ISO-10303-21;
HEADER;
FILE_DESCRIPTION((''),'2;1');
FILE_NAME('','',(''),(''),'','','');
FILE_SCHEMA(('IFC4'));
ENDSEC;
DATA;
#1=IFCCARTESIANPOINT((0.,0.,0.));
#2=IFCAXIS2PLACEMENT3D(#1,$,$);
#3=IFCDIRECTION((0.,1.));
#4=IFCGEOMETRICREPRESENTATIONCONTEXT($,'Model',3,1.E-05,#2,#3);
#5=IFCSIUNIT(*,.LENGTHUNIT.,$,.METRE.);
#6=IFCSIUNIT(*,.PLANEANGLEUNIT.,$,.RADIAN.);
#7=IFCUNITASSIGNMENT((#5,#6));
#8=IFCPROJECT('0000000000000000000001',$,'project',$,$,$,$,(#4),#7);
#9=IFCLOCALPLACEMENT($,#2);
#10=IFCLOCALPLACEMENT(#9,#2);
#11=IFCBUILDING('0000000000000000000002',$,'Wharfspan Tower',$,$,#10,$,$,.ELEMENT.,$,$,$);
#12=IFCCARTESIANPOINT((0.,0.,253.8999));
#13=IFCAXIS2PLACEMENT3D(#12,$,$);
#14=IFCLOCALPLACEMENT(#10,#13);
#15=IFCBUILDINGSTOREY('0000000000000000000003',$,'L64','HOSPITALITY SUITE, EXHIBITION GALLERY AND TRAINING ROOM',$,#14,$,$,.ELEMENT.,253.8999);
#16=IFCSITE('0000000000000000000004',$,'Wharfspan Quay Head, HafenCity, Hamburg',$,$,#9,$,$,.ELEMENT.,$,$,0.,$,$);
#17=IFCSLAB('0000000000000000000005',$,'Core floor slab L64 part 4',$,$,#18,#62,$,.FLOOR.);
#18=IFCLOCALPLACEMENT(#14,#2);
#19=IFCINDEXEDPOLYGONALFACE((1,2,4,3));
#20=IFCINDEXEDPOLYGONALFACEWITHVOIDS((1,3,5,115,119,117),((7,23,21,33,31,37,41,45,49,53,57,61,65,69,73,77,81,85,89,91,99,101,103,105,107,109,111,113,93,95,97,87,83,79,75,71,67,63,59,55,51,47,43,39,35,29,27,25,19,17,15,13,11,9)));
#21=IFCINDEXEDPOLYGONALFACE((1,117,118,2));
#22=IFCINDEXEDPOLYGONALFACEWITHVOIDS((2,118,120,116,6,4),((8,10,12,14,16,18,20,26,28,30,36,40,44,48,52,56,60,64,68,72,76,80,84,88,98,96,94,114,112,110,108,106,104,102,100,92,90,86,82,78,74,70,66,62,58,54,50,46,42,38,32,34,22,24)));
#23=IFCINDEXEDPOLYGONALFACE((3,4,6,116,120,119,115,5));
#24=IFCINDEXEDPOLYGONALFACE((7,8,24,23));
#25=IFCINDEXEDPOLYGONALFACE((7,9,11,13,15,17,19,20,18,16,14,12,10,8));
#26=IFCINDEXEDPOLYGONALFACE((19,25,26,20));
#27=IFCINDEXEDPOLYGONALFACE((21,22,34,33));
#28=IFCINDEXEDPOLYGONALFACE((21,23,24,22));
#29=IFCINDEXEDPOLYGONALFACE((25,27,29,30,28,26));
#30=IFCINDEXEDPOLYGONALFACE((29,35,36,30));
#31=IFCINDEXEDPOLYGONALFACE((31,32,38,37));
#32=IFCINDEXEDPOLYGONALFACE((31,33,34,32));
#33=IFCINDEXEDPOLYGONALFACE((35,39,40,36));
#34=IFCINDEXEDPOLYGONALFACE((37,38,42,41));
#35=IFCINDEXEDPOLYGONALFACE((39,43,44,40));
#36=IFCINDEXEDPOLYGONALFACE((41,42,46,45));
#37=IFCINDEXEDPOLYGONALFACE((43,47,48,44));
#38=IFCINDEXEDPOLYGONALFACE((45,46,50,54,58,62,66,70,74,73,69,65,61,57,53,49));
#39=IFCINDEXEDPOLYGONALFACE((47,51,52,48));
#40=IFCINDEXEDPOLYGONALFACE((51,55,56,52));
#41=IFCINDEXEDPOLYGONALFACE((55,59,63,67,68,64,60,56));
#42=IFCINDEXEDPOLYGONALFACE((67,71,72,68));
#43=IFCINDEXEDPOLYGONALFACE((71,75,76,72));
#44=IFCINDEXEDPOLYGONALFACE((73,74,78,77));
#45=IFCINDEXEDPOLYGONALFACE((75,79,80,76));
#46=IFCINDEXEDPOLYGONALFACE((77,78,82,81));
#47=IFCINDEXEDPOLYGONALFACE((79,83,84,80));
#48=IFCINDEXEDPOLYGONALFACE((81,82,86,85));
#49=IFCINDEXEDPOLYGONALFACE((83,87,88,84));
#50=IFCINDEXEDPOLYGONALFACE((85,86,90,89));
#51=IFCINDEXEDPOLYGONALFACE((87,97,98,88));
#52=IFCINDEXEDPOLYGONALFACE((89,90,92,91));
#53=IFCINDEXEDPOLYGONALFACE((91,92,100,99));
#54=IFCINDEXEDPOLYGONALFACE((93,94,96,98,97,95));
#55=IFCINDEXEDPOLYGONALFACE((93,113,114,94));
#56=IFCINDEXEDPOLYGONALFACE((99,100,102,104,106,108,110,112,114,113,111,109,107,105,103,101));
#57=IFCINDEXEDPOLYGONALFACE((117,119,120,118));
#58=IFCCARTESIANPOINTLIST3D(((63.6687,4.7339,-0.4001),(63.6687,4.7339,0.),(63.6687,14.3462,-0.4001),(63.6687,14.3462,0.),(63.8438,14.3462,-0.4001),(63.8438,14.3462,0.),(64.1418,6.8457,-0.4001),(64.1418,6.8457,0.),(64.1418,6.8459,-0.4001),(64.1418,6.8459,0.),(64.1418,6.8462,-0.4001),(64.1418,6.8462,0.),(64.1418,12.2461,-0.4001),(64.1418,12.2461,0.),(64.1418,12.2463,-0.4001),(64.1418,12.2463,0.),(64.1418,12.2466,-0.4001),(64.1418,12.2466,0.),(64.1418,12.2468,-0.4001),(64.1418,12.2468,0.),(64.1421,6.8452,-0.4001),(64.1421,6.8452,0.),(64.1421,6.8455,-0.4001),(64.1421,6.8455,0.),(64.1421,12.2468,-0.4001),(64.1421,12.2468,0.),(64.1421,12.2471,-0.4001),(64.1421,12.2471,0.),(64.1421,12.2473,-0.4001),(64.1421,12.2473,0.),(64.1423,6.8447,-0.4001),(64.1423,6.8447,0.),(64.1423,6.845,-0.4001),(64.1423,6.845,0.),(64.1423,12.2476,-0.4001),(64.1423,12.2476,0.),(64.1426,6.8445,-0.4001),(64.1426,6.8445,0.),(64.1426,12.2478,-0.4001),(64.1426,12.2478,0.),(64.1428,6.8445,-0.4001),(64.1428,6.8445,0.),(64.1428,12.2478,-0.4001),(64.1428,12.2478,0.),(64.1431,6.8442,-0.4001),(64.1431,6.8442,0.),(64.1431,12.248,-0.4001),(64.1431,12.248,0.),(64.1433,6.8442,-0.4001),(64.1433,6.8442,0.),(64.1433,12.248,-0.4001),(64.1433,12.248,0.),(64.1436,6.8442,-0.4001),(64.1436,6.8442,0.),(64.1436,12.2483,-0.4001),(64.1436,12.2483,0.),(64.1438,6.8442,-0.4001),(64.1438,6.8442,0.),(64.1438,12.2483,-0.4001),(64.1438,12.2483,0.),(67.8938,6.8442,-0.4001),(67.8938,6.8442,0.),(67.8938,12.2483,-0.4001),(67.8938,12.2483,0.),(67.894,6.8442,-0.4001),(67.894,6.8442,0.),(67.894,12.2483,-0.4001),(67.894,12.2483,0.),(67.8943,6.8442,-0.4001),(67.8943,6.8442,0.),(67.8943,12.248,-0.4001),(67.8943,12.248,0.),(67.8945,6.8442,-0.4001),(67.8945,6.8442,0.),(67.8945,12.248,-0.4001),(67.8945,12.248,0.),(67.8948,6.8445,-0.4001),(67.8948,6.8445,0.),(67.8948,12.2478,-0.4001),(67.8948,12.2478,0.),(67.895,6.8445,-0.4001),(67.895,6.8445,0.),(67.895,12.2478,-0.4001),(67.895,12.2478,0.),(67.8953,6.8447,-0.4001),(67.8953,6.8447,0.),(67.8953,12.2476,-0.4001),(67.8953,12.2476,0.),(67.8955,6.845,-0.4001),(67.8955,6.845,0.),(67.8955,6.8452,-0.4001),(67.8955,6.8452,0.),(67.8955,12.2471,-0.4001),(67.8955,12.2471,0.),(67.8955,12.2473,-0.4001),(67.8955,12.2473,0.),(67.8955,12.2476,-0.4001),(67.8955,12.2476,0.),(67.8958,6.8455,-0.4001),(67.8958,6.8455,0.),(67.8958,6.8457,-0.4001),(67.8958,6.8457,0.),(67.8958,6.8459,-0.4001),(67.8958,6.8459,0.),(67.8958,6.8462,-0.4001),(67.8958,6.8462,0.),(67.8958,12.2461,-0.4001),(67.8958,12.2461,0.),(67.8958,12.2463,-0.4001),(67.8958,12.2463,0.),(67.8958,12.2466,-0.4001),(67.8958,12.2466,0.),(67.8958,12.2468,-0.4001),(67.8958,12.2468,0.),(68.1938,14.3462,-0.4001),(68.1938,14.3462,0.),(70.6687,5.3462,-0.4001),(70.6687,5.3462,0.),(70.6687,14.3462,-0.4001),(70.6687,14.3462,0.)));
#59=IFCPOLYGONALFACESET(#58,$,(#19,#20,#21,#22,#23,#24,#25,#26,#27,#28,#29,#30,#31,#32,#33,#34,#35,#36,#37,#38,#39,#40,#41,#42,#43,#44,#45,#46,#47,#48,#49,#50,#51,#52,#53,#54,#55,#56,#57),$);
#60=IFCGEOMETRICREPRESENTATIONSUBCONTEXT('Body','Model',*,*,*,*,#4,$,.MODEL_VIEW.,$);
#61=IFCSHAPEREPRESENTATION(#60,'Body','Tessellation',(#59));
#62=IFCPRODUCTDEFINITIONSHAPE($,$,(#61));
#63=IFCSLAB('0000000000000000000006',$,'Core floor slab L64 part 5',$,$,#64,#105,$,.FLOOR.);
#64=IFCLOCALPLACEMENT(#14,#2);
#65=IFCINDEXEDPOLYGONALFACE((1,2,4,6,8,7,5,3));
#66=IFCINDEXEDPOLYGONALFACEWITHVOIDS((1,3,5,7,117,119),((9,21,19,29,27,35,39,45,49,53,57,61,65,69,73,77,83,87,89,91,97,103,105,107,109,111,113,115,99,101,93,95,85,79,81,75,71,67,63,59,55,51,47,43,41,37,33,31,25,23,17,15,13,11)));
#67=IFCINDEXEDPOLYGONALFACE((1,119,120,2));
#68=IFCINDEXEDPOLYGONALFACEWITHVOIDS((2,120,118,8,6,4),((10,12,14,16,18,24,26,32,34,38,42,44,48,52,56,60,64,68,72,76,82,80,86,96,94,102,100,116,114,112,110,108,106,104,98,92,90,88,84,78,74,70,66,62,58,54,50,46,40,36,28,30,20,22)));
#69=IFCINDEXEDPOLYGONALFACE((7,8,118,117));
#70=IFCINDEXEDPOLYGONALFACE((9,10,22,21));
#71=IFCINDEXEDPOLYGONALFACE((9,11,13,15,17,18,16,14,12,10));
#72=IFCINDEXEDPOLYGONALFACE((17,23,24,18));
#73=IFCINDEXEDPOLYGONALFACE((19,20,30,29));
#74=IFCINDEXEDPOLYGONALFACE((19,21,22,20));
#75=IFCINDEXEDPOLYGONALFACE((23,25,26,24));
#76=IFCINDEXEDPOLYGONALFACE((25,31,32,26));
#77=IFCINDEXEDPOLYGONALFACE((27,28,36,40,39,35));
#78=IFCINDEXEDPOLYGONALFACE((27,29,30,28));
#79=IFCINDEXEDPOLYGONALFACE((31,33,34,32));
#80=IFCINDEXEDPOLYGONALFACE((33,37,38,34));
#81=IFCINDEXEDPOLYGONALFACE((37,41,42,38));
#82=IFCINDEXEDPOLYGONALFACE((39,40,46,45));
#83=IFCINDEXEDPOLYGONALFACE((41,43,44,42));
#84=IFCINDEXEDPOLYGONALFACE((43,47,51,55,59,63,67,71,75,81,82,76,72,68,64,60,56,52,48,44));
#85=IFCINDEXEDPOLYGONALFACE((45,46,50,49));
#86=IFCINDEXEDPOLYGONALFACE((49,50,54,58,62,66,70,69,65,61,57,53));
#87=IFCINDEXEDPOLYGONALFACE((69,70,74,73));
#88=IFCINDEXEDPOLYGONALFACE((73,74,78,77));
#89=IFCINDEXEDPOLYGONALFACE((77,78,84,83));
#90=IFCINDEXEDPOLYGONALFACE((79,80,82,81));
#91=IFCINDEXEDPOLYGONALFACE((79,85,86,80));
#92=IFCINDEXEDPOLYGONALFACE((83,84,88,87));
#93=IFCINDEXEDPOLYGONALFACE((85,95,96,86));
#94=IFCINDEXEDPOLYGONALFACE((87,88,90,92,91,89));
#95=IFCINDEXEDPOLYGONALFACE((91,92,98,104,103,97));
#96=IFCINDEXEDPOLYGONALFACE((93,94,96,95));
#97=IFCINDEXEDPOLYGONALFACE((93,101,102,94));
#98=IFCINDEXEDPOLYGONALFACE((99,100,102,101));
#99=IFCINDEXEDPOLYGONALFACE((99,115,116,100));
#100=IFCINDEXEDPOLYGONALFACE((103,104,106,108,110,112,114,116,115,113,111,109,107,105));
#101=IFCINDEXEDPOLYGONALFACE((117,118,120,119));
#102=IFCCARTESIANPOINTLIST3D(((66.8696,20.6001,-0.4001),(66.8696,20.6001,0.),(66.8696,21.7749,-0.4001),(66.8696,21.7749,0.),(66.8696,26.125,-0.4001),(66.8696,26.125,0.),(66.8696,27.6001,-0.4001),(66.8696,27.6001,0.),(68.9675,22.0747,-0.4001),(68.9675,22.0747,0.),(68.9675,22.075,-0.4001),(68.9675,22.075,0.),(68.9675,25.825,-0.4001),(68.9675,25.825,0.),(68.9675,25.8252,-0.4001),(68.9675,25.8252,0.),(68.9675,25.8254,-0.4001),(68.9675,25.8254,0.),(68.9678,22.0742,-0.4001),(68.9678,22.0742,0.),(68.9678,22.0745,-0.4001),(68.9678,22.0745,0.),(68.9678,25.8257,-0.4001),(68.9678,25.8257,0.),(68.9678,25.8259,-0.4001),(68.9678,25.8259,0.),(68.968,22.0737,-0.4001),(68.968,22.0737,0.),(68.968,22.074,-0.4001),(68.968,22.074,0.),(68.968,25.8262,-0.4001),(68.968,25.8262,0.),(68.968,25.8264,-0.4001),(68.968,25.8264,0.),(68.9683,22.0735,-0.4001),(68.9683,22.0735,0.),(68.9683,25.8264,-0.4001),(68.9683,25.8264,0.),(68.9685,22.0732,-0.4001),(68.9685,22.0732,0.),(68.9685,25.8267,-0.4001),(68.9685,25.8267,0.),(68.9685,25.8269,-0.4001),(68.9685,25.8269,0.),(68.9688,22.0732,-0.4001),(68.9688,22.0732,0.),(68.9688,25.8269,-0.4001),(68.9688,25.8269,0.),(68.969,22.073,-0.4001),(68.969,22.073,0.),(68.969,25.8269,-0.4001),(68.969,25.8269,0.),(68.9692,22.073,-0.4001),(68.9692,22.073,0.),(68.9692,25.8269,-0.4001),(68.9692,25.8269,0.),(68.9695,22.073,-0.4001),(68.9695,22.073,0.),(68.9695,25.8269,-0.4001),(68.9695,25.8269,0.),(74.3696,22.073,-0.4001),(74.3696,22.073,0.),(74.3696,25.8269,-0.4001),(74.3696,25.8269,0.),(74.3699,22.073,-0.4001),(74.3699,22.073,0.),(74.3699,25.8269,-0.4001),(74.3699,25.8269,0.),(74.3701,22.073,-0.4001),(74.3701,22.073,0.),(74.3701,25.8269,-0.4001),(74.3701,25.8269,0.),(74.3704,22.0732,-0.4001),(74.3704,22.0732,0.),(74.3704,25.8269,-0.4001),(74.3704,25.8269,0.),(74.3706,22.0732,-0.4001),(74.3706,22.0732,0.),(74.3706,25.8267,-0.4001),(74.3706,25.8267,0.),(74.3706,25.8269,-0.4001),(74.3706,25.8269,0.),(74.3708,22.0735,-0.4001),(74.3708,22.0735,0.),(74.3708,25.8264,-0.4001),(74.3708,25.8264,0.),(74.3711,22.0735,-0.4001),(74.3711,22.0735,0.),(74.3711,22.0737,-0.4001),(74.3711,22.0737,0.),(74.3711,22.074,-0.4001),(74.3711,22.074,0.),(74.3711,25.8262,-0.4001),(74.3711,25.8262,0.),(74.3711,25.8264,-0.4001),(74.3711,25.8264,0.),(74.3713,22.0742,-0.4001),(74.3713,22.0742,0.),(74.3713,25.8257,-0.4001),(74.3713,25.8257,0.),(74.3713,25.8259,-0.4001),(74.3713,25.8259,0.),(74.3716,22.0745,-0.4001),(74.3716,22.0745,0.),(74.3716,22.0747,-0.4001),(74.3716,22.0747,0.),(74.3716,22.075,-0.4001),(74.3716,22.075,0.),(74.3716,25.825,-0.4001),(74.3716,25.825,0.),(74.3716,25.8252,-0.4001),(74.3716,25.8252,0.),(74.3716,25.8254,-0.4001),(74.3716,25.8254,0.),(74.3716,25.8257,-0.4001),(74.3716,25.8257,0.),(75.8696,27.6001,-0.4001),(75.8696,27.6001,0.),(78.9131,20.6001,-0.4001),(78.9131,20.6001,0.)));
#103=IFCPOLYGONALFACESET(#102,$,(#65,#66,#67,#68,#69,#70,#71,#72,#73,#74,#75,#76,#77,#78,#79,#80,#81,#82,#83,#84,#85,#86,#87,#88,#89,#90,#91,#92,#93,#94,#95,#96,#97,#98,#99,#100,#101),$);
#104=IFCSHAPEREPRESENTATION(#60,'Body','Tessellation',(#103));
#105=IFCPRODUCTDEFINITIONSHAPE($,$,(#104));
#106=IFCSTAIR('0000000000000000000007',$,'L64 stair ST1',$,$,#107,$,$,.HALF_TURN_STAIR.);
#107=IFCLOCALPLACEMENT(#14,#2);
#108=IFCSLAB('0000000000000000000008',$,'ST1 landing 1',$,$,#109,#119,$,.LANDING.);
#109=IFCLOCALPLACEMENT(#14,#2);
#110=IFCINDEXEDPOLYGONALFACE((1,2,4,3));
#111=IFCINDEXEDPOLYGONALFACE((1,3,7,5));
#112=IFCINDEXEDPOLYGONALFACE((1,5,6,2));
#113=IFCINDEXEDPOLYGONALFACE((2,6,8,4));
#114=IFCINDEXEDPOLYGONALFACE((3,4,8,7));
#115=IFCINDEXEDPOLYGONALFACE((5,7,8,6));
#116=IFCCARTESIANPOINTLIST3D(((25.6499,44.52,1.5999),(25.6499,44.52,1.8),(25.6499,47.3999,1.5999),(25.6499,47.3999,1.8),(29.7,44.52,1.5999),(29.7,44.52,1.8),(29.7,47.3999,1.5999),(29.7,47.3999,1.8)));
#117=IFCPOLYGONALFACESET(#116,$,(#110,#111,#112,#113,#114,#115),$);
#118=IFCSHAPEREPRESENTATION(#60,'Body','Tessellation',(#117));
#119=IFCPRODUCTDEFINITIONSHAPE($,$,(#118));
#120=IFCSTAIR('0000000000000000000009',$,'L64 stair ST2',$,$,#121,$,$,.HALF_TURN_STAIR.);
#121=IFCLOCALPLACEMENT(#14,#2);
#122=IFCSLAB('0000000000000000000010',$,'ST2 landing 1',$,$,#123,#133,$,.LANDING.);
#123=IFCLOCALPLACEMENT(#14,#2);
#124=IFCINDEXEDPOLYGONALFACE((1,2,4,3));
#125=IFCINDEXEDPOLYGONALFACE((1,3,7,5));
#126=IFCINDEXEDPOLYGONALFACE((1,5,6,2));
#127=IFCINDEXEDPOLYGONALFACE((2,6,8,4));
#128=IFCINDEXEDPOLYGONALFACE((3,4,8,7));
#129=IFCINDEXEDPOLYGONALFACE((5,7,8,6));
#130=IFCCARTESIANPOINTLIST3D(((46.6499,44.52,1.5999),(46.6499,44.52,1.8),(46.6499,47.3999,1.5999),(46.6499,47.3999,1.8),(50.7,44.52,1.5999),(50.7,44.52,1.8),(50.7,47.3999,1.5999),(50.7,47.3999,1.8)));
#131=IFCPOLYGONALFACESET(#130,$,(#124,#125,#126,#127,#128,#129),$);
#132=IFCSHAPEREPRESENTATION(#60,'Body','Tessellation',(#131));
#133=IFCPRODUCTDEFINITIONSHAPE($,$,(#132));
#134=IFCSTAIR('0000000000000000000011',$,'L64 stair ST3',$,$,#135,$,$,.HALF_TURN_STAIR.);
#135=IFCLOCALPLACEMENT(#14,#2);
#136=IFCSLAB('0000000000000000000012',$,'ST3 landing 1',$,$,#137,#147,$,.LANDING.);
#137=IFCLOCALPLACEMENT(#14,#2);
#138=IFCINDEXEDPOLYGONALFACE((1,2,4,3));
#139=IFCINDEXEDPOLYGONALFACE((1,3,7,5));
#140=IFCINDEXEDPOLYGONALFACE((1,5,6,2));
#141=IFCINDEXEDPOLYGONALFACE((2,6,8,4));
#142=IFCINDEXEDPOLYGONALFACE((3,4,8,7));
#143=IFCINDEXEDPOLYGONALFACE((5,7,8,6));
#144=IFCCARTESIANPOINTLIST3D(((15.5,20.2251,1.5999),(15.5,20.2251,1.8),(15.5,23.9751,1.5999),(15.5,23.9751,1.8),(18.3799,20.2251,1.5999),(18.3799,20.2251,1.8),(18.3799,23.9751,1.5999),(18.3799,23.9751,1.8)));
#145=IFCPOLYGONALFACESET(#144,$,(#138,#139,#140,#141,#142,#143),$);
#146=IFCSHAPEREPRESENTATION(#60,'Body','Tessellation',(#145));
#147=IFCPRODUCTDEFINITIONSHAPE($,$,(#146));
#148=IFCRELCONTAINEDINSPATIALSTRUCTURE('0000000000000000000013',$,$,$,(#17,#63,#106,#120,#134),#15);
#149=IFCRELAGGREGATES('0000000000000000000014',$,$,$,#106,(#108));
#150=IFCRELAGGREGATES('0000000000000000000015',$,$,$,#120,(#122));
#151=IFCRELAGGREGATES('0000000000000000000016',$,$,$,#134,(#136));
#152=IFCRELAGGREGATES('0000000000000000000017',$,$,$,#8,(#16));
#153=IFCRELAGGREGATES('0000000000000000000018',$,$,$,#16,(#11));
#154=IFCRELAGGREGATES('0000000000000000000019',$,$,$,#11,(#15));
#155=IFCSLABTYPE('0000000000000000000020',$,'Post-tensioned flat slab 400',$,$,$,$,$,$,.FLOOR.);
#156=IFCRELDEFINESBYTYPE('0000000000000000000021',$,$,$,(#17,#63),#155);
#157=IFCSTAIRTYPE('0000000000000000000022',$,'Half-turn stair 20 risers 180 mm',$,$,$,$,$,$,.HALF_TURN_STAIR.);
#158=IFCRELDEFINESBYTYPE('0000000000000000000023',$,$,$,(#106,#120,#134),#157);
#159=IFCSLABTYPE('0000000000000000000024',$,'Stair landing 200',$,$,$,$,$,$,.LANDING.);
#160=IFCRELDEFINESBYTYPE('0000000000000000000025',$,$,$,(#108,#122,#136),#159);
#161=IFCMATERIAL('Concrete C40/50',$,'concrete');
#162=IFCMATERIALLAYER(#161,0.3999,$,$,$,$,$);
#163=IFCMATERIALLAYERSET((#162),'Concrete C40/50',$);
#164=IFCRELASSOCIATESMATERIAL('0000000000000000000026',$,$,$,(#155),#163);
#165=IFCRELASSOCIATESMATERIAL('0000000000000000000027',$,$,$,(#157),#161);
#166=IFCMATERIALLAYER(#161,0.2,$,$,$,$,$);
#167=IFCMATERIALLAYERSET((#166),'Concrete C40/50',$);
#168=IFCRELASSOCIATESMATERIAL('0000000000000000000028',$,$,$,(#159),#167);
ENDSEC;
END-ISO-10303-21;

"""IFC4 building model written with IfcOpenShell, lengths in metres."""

from ifc_helpers import new_model, si_unit, direction, frame, origin, place, context, subcontext, project, spatial, polyline, outline, extrude, material, layer, layer_set, type_object, element, aggregate, save


model = new_model("IFC4")

# Units and contexts
model_context = context("Model", 3, precision=1e-05, world=origin(), true_north=direction((0.0, 1.0)))
body_context = subcontext(model_context, "Body", "Model", "MODEL_VIEW")
ifc_project = project(units=[si_unit("LENGTHUNIT", "METRE"), si_unit("PLANEANGLEUNIT", "RADIAN")], contexts=[model_context])

# Site, building, storey
site_placement = place(None, origin())
site = spatial("IfcSite", under=ifc_project, at=site_placement, Name="Wharfspan Quay Head, HafenCity, Hamburg", CompositionType="ELEMENT", RefElevation=0.0)
building_placement = place(site_placement, origin())
building = spatial("IfcBuilding", under=site, at=building_placement, Name="Wharfspan Tower", CompositionType="ELEMENT")
storey_placement = place(building_placement, frame((0.0, 0.0, 253.8999)))
storey = spatial("IfcBuildingStorey", under=building, at=storey_placement, Name="L64", Description="HOSPITALITY SUITE, EXHIBITION GALLERY AND TRAINING ROOM", CompositionType="ELEMENT", Elevation=253.8999)

# Slabs
ifc_material_1 = material(Name="Concrete C40/50", Category="concrete")
ifc_layer_1 = layer(ifc_material_1, 0.3999)
ifc_layer_set_1 = layer_set([ifc_layer_1], Name="Concrete C40/50")
slab_type_1 = type_object("IfcSlabType", Name="Post-tensioned flat slab 400", PredefinedType="FLOOR", material=ifc_layer_set_1)
slab_1_placement = place(storey_placement, frame((0.0, 0.0, -0.4001)))
element("IfcSlab", 1, at=slab_1_placement, inside=storey, type_object=slab_type_1, Name="Core floor slab L64 part 4", PredefinedType="FLOOR", context=body_context, shape_type="SweptSolid", body=[
    extrude(outline(polyline([(70.6687, 14.3462), (68.1938, 14.3462), (63.8438, 14.3462), (63.6687, 14.3462), (63.6687, 4.7339), (70.6687, 5.3462), (70.6687, 14.3462)]), holes=[polyline([(64.1418, 12.2461), (64.1418, 12.2463), (64.1418, 12.2466), (64.1418, 12.2468), (64.1421, 12.2468), (64.1421, 12.2471), (64.1421, 12.2473), (64.1423, 12.2476), (64.1423, 12.2476), (64.1426, 12.2478), (64.1426, 12.2478), (64.1428, 12.2478), (64.1431, 12.248), (64.1433, 12.248), (64.1433, 12.248), (64.1436, 12.2483), (64.1438, 12.2483), (67.8938, 12.2483), (67.894, 12.2483), (67.8943, 12.248), (67.8943, 12.248), (67.8945, 12.248), (67.8948, 12.2478), (67.895, 12.2478), (67.895, 12.2478), (67.8953, 12.2476), (67.8955, 12.2476), (67.8955, 12.2473), (67.8955, 12.2471), (67.8958, 12.2468), (67.8958, 12.2468), (67.8958, 12.2466), (67.8958, 12.2463), (67.8958, 12.2461), (67.8958, 6.8462), (67.8958, 6.8459), (67.8958, 6.8457), (67.8958, 6.8457), (67.8958, 6.8455), (67.8955, 6.8452), (67.8955, 6.8452), (67.8955, 6.845), (67.8953, 6.8447), (67.895, 6.8445), (67.895, 6.8445), (67.8948, 6.8445), (67.8945, 6.8442), (67.8943, 6.8442), (67.8943, 6.8442), (67.894, 6.8442), (67.8938, 6.8442), (64.1438, 6.8442), (64.1436, 6.8442), (64.1433, 6.8442), (64.1433, 6.8442), (64.1431, 6.8442), (64.1428, 6.8445), (64.1426, 6.8445), (64.1426, 6.8445), (64.1423, 6.8447), (64.1423, 6.845), (64.1421, 6.8452), (64.1421, 6.8452), (64.1421, 6.8455), (64.1418, 6.8457), (64.1418, 6.8457), (64.1418, 6.8459), (64.1418, 6.8462), (64.1418, 12.2461)])]), origin(), (0.0, 0.0, 1.0), 0.4001),
])
slab_2_placement = place(storey_placement, frame((0.0, 0.0, -0.4001)))
element("IfcSlab", 2, at=slab_2_placement, inside=storey, type_object=slab_type_1, Name="Core floor slab L64 part 5", PredefinedType="FLOOR", context=body_context, shape_type="SweptSolid", body=[
    extrude(outline(polyline([(75.8696, 27.6001), (66.8696, 27.6001), (66.8696, 26.125), (66.8696, 21.7749), (66.8696, 20.6001), (78.9131, 20.6001), (75.8696, 27.6001)]), holes=[polyline([(68.9675, 25.825), (68.9675, 25.8252), (68.9675, 25.8254), (68.9678, 25.8257), (68.9678, 25.8257), (68.9678, 25.8259), (68.968, 25.8262), (68.968, 25.8264), (68.9683, 25.8264), (68.9683, 25.8264), (68.9685, 25.8267), (68.9685, 25.8269), (68.9688, 25.8269), (68.969, 25.8269), (68.9692, 25.8269), (68.9695, 25.8269), (68.9695, 25.8269), (74.3696, 25.8269), (74.3699, 25.8269), (74.3701, 25.8269), (74.3701, 25.8269), (74.3704, 25.8269), (74.3706, 25.8269), (74.3706, 25.8267), (74.3709, 25.8264), (74.3711, 25.8264), (74.3711, 25.8264), (74.3711, 25.8262), (74.3713, 25.8259), (74.3713, 25.8257), (74.3716, 25.8257), (74.3716, 25.8254), (74.3716, 25.8252), (74.3716, 25.825), (74.3716, 22.075), (74.3716, 22.0747), (74.3716, 22.0747), (74.3716, 22.0745), (74.3713, 22.0742), (74.3713, 22.0742), (74.3711, 22.074), (74.3711, 22.0737), (74.3711, 22.0735), (74.3709, 22.0735), (74.3706, 22.0732), (74.3706, 22.0732), (74.3704, 22.0732), (74.3701, 22.073), (74.3701, 22.073), (74.3699, 22.073), (74.3696, 22.073), (68.9695, 22.073), (68.9695, 22.073), (68.9692, 22.073), (68.969, 22.073), (68.9688, 22.0732), (68.9685, 22.0732), (68.9685, 22.0732), (68.9683, 22.0735), (68.9683, 22.0735), (68.968, 22.0737), (68.968, 22.074), (68.9678, 22.0742), (68.9678, 22.0742), (68.9678, 22.0745), (68.9675, 22.0747), (68.9675, 22.0747), (68.9675, 22.075), (68.9675, 25.825)])]), origin(), (0.0, 0.0, 1.0), 0.4001),
])

# Stairs, slabs
stair_type = type_object("IfcStairType", Name="Half-turn stair 20 risers 180 mm", PredefinedType="HALF_TURN_STAIR", material=ifc_material_1)
stair_1_placement = place(storey_placement, origin())
stair_1 = element("IfcStair", 3, at=stair_1_placement, inside=storey, type_object=stair_type, Name="L64 stair ST1", PredefinedType="HALF_TURN_STAIR")
ifc_layer_2 = layer(ifc_material_1, 0.2)
ifc_layer_set_2 = layer_set([ifc_layer_2], Name="Concrete C40/50")
slab_type_2 = type_object("IfcSlabType", Name="Stair landing 200", PredefinedType="LANDING", material=ifc_layer_set_2)
slab_3_placement = place(storey_placement, frame((0.0, 0.0, 1.5999)))
slab_3 = element("IfcSlab", 4, at=slab_3_placement, type_object=slab_type_2, Name="ST1 landing 1", PredefinedType="LANDING", context=body_context, shape_type="SweptSolid", body=[
    extrude(outline(polyline([(25.6499, 44.52), (29.7, 44.52), (29.7, 47.3999), (25.6499, 47.3999), (25.6499, 44.52)])), origin(), (0.0, 0.0, 1.0), 0.2002),
])
aggregate(stair_1, [slab_3])
stair_2_placement = place(storey_placement, origin())
stair_2 = element("IfcStair", 5, at=stair_2_placement, inside=storey, type_object=stair_type, Name="L64 stair ST2", PredefinedType="HALF_TURN_STAIR")
slab_4_placement = place(storey_placement, frame((0.0, 0.0, 1.5999)))
slab_4 = element("IfcSlab", 6, at=slab_4_placement, type_object=slab_type_2, Name="ST2 landing 1", PredefinedType="LANDING", context=body_context, shape_type="SweptSolid", body=[
    extrude(outline(polyline([(46.6499, 44.52), (50.7, 44.52), (50.7, 47.3999), (46.6499, 47.3999), (46.6499, 44.52)])), origin(), (0.0, 0.0, 1.0), 0.2002),
])
aggregate(stair_2, [slab_4])
stair_3_placement = place(storey_placement, origin())
stair_3 = element("IfcStair", 7, at=stair_3_placement, inside=storey, type_object=stair_type, Name="L64 stair ST3", PredefinedType="HALF_TURN_STAIR")
slab_5_placement = place(storey_placement, frame((0.0, 0.0, 1.5999)))
slab_5 = element("IfcSlab", 8, at=slab_5_placement, type_object=slab_type_2, Name="ST3 landing 1", PredefinedType="LANDING", context=body_context, shape_type="SweptSolid", body=[
    extrude(outline(polyline([(18.3799, 23.9751), (15.5, 23.9751), (15.5, 20.2251), (18.3799, 20.2251), (18.3799, 23.9751)])), origin(), (0.0, 0.0, 1.0), 0.2002),
])
aggregate(stair_3, [slab_5])

save(model, "model.ifc")
